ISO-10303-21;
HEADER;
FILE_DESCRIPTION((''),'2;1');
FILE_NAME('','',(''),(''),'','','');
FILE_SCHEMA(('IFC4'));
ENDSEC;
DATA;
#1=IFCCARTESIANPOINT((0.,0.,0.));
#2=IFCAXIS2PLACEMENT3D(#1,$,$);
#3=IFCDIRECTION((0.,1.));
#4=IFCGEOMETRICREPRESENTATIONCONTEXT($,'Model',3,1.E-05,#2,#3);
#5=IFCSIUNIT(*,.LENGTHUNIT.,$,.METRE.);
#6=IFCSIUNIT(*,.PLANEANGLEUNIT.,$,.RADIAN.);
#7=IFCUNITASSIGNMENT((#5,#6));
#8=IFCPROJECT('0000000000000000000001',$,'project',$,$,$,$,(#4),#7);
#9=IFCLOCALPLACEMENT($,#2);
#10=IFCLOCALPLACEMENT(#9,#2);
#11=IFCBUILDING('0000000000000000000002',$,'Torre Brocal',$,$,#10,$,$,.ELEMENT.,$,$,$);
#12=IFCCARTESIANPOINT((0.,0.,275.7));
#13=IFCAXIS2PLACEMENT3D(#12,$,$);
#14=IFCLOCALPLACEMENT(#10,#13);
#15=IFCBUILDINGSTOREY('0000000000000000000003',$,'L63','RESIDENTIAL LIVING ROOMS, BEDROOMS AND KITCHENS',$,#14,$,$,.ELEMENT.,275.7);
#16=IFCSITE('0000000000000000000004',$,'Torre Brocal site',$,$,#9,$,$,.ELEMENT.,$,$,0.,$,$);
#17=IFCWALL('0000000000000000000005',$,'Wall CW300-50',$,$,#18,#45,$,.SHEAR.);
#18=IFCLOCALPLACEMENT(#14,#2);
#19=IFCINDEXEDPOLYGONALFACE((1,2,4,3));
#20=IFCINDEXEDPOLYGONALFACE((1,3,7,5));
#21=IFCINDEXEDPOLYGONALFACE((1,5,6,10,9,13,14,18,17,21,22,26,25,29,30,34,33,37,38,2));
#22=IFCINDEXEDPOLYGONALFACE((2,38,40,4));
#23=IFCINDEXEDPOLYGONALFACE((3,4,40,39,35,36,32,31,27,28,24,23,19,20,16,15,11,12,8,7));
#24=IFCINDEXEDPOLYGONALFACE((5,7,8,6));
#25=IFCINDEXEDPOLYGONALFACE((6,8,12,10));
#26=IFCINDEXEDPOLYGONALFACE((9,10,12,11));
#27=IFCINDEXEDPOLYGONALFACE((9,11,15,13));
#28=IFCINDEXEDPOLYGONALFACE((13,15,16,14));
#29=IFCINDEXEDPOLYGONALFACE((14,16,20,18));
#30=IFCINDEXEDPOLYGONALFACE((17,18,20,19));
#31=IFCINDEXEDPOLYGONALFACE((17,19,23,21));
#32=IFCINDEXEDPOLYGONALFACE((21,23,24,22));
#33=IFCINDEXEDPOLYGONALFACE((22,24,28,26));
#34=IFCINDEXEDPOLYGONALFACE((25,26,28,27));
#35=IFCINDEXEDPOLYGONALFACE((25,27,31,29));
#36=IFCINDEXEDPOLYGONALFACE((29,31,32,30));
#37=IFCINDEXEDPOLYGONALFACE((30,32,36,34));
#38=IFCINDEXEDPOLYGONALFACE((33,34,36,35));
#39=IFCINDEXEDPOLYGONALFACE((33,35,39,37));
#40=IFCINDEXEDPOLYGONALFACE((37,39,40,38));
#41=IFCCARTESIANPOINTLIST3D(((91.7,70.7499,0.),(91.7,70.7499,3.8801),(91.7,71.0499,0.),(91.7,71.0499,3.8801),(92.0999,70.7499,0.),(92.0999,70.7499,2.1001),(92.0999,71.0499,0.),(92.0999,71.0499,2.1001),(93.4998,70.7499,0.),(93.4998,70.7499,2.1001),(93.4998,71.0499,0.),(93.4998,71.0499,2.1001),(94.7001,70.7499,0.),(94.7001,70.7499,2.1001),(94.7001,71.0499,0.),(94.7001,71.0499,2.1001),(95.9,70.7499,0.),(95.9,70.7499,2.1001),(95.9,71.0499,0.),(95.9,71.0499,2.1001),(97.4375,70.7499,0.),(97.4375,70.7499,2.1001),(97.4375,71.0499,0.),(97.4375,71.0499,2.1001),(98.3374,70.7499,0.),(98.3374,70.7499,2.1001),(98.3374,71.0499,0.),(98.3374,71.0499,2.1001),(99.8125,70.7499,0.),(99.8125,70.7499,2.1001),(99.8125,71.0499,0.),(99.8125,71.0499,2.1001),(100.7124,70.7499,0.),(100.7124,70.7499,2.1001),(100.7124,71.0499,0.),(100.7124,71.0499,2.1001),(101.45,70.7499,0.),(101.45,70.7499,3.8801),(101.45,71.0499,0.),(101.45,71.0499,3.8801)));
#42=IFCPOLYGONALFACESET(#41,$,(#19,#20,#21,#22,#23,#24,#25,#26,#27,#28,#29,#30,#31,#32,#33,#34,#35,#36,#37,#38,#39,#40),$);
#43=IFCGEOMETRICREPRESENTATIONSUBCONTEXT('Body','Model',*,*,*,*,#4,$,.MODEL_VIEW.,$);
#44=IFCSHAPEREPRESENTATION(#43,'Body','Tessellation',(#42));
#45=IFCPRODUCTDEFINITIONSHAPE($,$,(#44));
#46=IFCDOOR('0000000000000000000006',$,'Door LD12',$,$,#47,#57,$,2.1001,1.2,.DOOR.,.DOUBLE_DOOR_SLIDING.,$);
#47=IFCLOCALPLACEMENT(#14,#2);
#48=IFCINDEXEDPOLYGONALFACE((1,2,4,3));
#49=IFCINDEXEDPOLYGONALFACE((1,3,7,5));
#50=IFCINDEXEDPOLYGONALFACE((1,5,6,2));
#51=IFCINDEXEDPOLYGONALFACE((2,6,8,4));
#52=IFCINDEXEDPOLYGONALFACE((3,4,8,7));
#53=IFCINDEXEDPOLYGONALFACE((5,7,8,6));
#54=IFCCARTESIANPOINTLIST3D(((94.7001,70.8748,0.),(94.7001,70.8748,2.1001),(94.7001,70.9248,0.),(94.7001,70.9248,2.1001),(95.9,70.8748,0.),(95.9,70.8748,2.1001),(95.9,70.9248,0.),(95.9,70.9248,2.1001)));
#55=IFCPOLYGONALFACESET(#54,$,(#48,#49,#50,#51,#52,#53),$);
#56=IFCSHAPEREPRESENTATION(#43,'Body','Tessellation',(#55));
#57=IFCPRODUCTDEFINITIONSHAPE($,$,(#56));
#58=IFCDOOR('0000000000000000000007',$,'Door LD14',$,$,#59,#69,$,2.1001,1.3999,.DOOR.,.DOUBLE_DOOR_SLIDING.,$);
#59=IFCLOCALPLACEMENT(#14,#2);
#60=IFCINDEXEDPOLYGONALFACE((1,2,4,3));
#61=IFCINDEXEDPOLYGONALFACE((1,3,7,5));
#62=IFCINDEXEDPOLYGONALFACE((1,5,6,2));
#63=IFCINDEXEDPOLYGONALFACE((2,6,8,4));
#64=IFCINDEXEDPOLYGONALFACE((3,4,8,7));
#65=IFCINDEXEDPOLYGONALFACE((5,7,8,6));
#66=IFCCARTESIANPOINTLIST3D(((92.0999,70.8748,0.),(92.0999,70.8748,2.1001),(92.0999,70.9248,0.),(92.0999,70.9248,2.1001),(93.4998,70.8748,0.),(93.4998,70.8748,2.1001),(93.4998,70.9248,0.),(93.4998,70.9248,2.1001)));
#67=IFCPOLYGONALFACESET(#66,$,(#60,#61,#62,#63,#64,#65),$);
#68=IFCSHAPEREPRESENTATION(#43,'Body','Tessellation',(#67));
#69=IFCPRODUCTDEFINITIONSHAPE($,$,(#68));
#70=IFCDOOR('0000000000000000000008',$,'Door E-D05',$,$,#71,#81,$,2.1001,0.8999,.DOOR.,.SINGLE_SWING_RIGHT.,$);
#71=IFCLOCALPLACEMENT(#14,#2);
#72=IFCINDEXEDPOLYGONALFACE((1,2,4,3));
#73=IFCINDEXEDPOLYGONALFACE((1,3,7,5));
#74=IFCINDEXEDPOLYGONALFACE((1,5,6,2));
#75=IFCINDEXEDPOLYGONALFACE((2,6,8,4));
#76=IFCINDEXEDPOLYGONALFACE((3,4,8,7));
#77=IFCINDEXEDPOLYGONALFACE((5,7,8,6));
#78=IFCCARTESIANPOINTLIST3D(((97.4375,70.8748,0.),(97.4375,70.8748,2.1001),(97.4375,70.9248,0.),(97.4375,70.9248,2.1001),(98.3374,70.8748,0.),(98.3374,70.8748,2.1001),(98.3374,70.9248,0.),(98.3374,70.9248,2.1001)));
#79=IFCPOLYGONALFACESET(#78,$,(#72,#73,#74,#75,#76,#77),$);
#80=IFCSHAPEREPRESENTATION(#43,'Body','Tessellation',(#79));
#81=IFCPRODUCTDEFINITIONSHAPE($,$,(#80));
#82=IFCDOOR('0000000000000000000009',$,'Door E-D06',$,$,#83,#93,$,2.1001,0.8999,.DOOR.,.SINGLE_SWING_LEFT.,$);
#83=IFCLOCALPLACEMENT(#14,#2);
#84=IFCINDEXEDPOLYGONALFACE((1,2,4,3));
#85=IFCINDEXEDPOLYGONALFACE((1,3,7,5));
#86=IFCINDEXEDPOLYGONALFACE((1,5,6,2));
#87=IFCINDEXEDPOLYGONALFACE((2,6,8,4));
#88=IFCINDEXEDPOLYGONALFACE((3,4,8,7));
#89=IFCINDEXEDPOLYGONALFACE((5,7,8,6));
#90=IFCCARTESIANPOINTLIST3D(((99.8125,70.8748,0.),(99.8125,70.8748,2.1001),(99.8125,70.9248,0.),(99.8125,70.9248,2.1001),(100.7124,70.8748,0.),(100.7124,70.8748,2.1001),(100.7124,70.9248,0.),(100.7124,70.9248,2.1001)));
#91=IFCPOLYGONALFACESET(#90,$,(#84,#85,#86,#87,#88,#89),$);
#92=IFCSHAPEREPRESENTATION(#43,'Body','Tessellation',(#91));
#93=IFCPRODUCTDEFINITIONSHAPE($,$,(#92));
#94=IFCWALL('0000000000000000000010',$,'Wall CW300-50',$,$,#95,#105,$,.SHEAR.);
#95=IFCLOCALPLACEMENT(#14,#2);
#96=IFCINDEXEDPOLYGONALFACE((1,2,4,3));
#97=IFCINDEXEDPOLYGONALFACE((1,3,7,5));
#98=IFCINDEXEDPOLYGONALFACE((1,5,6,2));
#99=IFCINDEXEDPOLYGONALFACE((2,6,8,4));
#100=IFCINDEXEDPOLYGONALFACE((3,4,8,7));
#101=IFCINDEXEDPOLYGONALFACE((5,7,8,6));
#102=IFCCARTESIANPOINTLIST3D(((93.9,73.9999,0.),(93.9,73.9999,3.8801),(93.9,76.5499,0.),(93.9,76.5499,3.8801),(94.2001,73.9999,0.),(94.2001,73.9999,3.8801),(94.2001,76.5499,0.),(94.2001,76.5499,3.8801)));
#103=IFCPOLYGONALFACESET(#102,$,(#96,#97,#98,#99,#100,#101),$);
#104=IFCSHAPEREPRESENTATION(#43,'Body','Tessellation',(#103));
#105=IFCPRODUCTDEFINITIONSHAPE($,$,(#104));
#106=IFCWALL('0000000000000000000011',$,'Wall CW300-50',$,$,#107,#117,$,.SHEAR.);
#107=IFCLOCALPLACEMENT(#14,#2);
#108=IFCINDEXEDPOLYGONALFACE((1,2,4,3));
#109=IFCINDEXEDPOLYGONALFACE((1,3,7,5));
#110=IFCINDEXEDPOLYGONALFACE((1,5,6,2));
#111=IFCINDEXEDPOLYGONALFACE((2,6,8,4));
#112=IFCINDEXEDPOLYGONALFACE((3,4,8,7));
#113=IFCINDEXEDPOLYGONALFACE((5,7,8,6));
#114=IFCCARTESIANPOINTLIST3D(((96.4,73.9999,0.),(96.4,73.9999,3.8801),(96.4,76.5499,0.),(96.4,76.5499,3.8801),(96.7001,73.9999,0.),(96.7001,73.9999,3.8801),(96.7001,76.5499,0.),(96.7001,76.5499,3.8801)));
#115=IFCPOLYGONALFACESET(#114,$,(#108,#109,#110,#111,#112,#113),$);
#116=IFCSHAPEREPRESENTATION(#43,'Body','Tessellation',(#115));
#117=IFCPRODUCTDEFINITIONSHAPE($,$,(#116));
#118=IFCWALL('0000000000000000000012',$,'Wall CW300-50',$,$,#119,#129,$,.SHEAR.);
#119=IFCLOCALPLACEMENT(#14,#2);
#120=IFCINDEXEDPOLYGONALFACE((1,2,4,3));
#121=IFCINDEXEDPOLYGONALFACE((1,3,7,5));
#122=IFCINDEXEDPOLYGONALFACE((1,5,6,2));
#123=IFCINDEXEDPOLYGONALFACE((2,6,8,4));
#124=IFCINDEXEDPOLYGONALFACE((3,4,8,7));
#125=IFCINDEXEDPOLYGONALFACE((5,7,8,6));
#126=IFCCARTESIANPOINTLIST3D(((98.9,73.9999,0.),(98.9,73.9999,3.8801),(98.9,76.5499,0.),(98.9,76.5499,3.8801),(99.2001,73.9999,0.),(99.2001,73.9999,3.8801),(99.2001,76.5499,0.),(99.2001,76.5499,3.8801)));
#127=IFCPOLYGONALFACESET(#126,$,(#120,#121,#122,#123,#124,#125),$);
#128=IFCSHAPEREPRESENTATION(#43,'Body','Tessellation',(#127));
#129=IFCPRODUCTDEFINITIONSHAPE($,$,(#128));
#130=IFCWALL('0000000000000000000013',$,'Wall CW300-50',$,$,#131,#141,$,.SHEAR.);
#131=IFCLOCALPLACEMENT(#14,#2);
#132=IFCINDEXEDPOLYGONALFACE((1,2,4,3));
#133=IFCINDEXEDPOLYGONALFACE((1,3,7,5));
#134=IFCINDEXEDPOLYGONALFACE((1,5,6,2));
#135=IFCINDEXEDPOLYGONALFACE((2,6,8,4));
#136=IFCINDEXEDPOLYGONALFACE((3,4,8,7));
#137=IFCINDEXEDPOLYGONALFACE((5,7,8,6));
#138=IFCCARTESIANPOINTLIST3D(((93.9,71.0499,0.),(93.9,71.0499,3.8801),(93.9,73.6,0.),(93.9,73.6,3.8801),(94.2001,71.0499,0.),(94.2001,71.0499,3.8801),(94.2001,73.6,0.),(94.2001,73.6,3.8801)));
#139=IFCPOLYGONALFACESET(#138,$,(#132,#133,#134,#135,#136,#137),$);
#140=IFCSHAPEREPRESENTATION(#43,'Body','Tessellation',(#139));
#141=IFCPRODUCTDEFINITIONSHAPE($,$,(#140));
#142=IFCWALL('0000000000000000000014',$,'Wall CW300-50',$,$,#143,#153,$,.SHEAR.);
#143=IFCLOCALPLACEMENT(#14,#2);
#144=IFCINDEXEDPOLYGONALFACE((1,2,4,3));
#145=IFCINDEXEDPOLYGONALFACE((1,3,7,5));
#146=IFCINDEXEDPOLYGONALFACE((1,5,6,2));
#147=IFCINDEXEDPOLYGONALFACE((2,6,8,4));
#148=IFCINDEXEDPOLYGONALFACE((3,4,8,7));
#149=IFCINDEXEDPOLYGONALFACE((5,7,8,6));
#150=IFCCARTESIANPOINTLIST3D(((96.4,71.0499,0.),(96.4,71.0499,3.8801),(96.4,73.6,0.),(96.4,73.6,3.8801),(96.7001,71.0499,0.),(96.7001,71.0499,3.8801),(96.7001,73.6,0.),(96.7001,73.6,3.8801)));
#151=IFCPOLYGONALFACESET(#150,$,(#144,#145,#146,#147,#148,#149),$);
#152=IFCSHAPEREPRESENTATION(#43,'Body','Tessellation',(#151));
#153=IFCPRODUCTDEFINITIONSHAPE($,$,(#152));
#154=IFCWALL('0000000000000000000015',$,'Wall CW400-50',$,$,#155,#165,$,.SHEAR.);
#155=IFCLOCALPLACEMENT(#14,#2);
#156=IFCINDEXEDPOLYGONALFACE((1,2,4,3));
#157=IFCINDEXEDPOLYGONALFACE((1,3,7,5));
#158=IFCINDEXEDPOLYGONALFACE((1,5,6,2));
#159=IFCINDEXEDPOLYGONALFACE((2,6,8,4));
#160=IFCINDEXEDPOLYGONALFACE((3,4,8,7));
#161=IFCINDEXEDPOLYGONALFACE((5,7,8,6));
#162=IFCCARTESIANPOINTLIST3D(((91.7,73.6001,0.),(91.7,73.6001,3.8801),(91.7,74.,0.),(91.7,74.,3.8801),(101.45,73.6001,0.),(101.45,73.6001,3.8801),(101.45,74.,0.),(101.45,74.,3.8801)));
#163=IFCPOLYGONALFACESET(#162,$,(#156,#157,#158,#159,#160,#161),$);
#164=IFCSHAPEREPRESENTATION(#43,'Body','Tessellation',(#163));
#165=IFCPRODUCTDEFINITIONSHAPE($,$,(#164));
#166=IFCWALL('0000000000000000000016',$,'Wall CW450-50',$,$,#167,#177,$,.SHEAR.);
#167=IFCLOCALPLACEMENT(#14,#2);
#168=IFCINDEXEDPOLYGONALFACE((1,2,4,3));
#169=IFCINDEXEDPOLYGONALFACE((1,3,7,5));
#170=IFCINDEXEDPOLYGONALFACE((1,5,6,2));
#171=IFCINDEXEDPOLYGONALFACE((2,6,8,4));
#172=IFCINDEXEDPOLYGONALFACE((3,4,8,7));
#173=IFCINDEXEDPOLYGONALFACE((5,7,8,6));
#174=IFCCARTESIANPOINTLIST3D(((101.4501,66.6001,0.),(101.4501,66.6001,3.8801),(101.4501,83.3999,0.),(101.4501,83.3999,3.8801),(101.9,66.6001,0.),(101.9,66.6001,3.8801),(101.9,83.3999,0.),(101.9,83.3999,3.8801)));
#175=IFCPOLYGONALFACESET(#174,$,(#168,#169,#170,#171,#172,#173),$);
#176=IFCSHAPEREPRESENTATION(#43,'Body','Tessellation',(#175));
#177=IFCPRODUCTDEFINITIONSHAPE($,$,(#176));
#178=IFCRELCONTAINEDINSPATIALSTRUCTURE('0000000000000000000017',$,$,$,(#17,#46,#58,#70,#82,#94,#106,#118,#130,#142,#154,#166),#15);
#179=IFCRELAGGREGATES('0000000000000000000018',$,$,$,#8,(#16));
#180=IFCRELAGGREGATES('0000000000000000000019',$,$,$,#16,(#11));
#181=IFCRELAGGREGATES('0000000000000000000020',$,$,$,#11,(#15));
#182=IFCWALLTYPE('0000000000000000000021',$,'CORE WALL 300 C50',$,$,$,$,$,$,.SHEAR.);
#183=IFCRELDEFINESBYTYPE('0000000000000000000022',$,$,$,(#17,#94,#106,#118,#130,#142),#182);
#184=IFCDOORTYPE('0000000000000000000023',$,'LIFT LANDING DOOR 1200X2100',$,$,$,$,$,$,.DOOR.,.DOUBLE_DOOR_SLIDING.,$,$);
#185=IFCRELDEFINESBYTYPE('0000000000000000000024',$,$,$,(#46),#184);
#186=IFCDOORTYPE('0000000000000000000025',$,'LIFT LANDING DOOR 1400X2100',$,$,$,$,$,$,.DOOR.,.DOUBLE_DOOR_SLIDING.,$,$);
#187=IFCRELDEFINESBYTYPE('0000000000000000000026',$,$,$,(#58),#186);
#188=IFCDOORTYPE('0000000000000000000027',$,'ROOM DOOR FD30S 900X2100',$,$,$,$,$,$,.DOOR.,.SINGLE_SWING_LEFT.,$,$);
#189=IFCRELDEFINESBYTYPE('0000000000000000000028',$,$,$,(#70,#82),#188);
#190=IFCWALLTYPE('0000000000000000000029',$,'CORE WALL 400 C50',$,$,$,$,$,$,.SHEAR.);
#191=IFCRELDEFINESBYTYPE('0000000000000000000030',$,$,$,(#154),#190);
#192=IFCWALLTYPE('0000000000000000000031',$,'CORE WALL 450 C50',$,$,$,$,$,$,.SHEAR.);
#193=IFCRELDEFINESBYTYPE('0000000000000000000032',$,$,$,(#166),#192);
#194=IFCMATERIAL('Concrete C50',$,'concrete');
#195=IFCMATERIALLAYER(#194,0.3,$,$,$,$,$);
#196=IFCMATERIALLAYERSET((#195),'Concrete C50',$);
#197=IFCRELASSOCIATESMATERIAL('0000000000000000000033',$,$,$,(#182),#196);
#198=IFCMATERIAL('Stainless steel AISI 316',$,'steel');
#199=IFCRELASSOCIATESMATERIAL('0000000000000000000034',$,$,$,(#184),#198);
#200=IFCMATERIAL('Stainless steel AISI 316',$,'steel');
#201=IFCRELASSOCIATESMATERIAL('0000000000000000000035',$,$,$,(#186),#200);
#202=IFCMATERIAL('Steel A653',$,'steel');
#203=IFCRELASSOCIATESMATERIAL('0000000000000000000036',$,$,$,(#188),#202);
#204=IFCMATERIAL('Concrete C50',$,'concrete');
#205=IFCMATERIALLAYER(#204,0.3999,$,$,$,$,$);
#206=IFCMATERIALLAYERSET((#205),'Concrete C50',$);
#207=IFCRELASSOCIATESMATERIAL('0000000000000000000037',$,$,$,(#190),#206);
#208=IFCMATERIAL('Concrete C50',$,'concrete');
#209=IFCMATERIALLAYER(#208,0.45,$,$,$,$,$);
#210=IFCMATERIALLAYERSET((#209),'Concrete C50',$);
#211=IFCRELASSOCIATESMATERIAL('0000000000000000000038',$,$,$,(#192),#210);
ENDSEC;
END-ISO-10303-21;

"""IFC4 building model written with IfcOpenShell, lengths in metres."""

from ifc_helpers import new_model, si_unit, direction, frame, frame_2d, origin, place, context, subcontext, project, spatial, rectangle, extrude, material, layer, layer_set, type_object, element, fill, save


model = new_model("IFC4")

# Units and contexts
model_context = context("Model", 3, precision=1e-05, world=origin(), true_north=direction((0.0, 1.0)))
body_context = subcontext(model_context, "Body", "Model", "MODEL_VIEW")
ifc_project = project(units=[si_unit("LENGTHUNIT", "METRE"), si_unit("PLANEANGLEUNIT", "RADIAN")], contexts=[model_context])

# Site, building, storey
site_placement = place(None, origin())
site = spatial("IfcSite", under=ifc_project, at=site_placement, Name="Torre Brocal site", CompositionType="ELEMENT", RefElevation=0.0)
building_placement = place(site_placement, origin())
building = spatial("IfcBuilding", under=site, at=building_placement, Name="Torre Brocal", CompositionType="ELEMENT")
storey_placement = place(building_placement, frame((0.0, 0.0, 275.7)))
storey = spatial("IfcBuildingStorey", under=building, at=storey_placement, Name="L63", Description="RESIDENTIAL LIVING ROOMS, BEDROOMS AND KITCHENS", CompositionType="ELEMENT", Elevation=275.7)

# Shared definitions
ifc_material_1 = material(Name="Concrete C50", Category="concrete")
ifc_layer_1 = layer(ifc_material_1, 0.3)
ifc_layer_set_1 = layer_set([ifc_layer_1], Name="Concrete C50")
wall_type_1 = type_object("IfcWallType", Name="CORE WALL 300 C50", PredefinedType="SHEAR", material=ifc_layer_set_1)

# Wall, openings, doors
wall_1_placement = place(storey_placement, frame((91.7, 70.8999, 0.0), z_axis=(0.0, 0.0, 1.0), x_axis=(1.0, 0.0, 0.0)))
wall_1 = element("IfcWall", 1, at=wall_1_placement, inside=storey, type_object=wall_type_1, Name="Wall CW300-50", PredefinedType="SHEAR", context=body_context, shape_type="SweptSolid", body=[
    extrude(rectangle(XDim=9.75, YDim=0.3, at=frame_2d((4.875, 0.0))), origin(), (0.0, 0.0, 1.0), 3.8801),
])
opening_1_placement = place(wall_1_placement, frame((0.3999, 0.0, 0.0)))
opening_1 = element("IfcOpeningElement", 2, at=opening_1_placement, cuts=wall_1, PredefinedType="OPENING", context=body_context, shape_type="SweptSolid", body=[
    extrude(rectangle(XDim=1.3999, YDim=2.1001, at=frame_2d((0.7, 1.05))), frame((0.0, 0.1599, 0.0), z_axis=(0.0, -1.0, 0.0), x_axis=(1.0, 0.0, 0.0)), (0.0, 0.0, 1.0), 0.3201),
])
opening_2_placement = place(wall_1_placement, frame((3.0, 0.0, 0.0)))
opening_2 = element("IfcOpeningElement", 3, at=opening_2_placement, cuts=wall_1, PredefinedType="OPENING", context=body_context, shape_type="SweptSolid", body=[
    extrude(rectangle(XDim=1.2, YDim=2.1001, at=frame_2d((0.6001, 1.05))), frame((0.0, 0.1599, 0.0), z_axis=(0.0, -1.0, 0.0), x_axis=(1.0, 0.0, 0.0)), (0.0, 0.0, 1.0), 0.3201),
])
opening_3_placement = place(wall_1_placement, frame((5.7375, 0.0, 0.0)))
opening_3 = element("IfcOpeningElement", 4, at=opening_3_placement, cuts=wall_1, PredefinedType="OPENING", context=body_context, shape_type="SweptSolid", body=[
    extrude(rectangle(XDim=0.8999, YDim=2.1001, at=frame_2d((0.45, 1.05))), frame((0.0, 0.1599, 0.0), z_axis=(0.0, -1.0, 0.0), x_axis=(1.0, 0.0, 0.0)), (0.0, 0.0, 1.0), 0.3201),
])
opening_4_placement = place(wall_1_placement, frame((8.1125, 0.0, 0.0)))
opening_4 = element("IfcOpeningElement", 5, at=opening_4_placement, cuts=wall_1, PredefinedType="OPENING", context=body_context, shape_type="SweptSolid", body=[
    extrude(rectangle(XDim=0.8999, YDim=2.1001, at=frame_2d((0.45, 1.05))), frame((0.0, 0.1599, 0.0), z_axis=(0.0, -1.0, 0.0), x_axis=(1.0, 0.0, 0.0)), (0.0, 0.0, 1.0), 0.3201),
])
ifc_material_2 = material(Name="Stainless steel AISI 316", Category="steel")
door_type_1 = type_object("IfcDoorType", Name="LIFT LANDING DOOR 1200X2100", OperationType="DOUBLE_DOOR_SLIDING", PredefinedType="DOOR", material=ifc_material_2)
door_1_placement = place(opening_2_placement, origin())
door_1 = element("IfcDoor", 6, at=door_1_placement, inside=storey, type_object=door_type_1, Name="Door LD12", OperationType="DOUBLE_DOOR_SLIDING", OverallHeight=2.1001, OverallWidth=1.2, PredefinedType="DOOR", context=body_context, shape_type="SweptSolid", body=[
    extrude(rectangle(XDim=1.2, YDim=2.1001, at=frame_2d((0.6001, 1.05))), frame((0.0, 0.0249, 0.0), z_axis=(0.0, -1.0, 0.0), x_axis=(1.0, 0.0, 0.0)), (0.0, 0.0, 1.0), 0.05),
])
fill(opening_2, door_1)
ifc_material_3 = material(Name="Stainless steel AISI 316", Category="steel")
door_type_2 = type_object("IfcDoorType", Name="LIFT LANDING DOOR 1400X2100", OperationType="DOUBLE_DOOR_SLIDING", PredefinedType="DOOR", material=ifc_material_3)
door_2_placement = place(opening_1_placement, origin())
door_2 = element("IfcDoor", 7, at=door_2_placement, inside=storey, type_object=door_type_2, Name="Door LD14", OperationType="DOUBLE_DOOR_SLIDING", OverallHeight=2.1001, OverallWidth=1.3999, PredefinedType="DOOR", context=body_context, shape_type="SweptSolid", body=[
    extrude(rectangle(XDim=1.3999, YDim=2.1001, at=frame_2d((0.7, 1.05))), frame((0.0, 0.0249, 0.0), z_axis=(0.0, -1.0, 0.0), x_axis=(1.0, 0.0, 0.0)), (0.0, 0.0, 1.0), 0.05),
])
fill(opening_1, door_2)
ifc_material_4 = material(Name="Steel A653", Category="steel")
door_type_3 = type_object("IfcDoorType", Name="ROOM DOOR FD30S 900X2100", OperationType="SINGLE_SWING_LEFT", PredefinedType="DOOR", material=ifc_material_4)
door_3_placement = place(opening_3_placement, origin())
door_3 = element("IfcDoor", 8, at=door_3_placement, inside=storey, type_object=door_type_3, Name="Door E-D05", OperationType="SINGLE_SWING_RIGHT", OverallHeight=2.1001, OverallWidth=0.8999, PredefinedType="DOOR", context=body_context, shape_type="SweptSolid", body=[
    extrude(rectangle(XDim=0.8999, YDim=2.1001, at=frame_2d((0.45, 1.05))), frame((0.0, 0.0249, 0.0), z_axis=(0.0, -1.0, 0.0), x_axis=(1.0, 0.0, 0.0)), (0.0, 0.0, 1.0), 0.05),
])
fill(opening_3, door_3)
door_4_placement = place(opening_4_placement, origin())
door_4 = element("IfcDoor", 9, at=door_4_placement, inside=storey, type_object=door_type_3, Name="Door E-D06", OperationType="SINGLE_SWING_LEFT", OverallHeight=2.1001, OverallWidth=0.8999, PredefinedType="DOOR", context=body_context, shape_type="SweptSolid", body=[
    extrude(rectangle(XDim=0.8999, YDim=2.1001, at=frame_2d((0.45, 1.05))), frame((0.0, 0.0249, 0.0), z_axis=(0.0, -1.0, 0.0), x_axis=(1.0, 0.0, 0.0)), (0.0, 0.0, 1.0), 0.05),
])
fill(opening_4, door_4)

# Walls
for number, where, z_axis, x_axis, name in (
    (10, (94.05, 74.0, 0.0), (0.0, 0.0, 1.0), (0.0, 1.0, 0.0), "Wall CW300-50"),
    (11, (96.55, 74.0, 0.0), (0.0, 0.0, 1.0), (0.0, 1.0, 0.0), "Wall CW300-50"),
    (12, (99.05, 74.0, 0.0), (0.0, 0.0, 1.0), (0.0, 1.0, 0.0), "Wall CW300-50"),
    (13, (94.05, 71.05, 0.0), (0.0, 0.0, 1.0), (0.0, 1.0, 0.0), "Wall CW300-50"),
    (14, (96.55, 71.05, 0.0), (0.0, 0.0, 1.0), (0.0, 1.0, 0.0), "Wall CW300-50"),
):
    element("IfcWall", number, at=place(storey_placement, frame(where, z_axis=z_axis, x_axis=x_axis)), inside=storey, type_object=wall_type_1, Name=name, PredefinedType="SHEAR", context=body_context, shape_type="SweptSolid", body=[
        extrude(rectangle(XDim=2.55, YDim=0.3, at=frame_2d((1.2749, 0.0))), origin(), (0.0, 0.0, 1.0), 3.8801),
    ])
ifc_material_5 = material(Name="Concrete C50", Category="concrete")
ifc_layer_2 = layer(ifc_material_5, 0.3999)
ifc_layer_set_2 = layer_set([ifc_layer_2], Name="Concrete C50")
wall_type_2 = type_object("IfcWallType", Name="CORE WALL 400 C50", PredefinedType="SHEAR", material=ifc_layer_set_2)
wall_2_placement = place(storey_placement, frame((91.7, 73.8, 0.0), z_axis=(0.0, 0.0, 1.0), x_axis=(1.0, 0.0, 0.0)))
element("IfcWall", 15, at=wall_2_placement, inside=storey, type_object=wall_type_2, Name="Wall CW400-50", PredefinedType="SHEAR", context=body_context, shape_type="SweptSolid", body=[
    extrude(rectangle(XDim=9.75, YDim=0.3999, at=frame_2d((4.875, 0.0))), origin(), (0.0, 0.0, 1.0), 3.8801),
])
ifc_material_6 = material(Name="Concrete C50", Category="concrete")
ifc_layer_3 = layer(ifc_material_6, 0.45)
ifc_layer_set_3 = layer_set([ifc_layer_3], Name="Concrete C50")
wall_type_3 = type_object("IfcWallType", Name="CORE WALL 450 C50", PredefinedType="SHEAR", material=ifc_layer_set_3)
wall_3_placement = place(storey_placement, frame((101.675, 66.6001, 0.0), z_axis=(0.0, 0.0, 1.0), x_axis=(0.0, 1.0, 0.0)))
element("IfcWall", 16, at=wall_3_placement, inside=storey, type_object=wall_type_3, Name="Wall CW450-50", PredefinedType="SHEAR", context=body_context, shape_type="SweptSolid", body=[
    extrude(rectangle(XDim=16.7998, YDim=0.45, at=frame_2d((8.3999, 0.0))), origin(), (0.0, 0.0, 1.0), 3.8801),
])

save(model, "model.ifc")
